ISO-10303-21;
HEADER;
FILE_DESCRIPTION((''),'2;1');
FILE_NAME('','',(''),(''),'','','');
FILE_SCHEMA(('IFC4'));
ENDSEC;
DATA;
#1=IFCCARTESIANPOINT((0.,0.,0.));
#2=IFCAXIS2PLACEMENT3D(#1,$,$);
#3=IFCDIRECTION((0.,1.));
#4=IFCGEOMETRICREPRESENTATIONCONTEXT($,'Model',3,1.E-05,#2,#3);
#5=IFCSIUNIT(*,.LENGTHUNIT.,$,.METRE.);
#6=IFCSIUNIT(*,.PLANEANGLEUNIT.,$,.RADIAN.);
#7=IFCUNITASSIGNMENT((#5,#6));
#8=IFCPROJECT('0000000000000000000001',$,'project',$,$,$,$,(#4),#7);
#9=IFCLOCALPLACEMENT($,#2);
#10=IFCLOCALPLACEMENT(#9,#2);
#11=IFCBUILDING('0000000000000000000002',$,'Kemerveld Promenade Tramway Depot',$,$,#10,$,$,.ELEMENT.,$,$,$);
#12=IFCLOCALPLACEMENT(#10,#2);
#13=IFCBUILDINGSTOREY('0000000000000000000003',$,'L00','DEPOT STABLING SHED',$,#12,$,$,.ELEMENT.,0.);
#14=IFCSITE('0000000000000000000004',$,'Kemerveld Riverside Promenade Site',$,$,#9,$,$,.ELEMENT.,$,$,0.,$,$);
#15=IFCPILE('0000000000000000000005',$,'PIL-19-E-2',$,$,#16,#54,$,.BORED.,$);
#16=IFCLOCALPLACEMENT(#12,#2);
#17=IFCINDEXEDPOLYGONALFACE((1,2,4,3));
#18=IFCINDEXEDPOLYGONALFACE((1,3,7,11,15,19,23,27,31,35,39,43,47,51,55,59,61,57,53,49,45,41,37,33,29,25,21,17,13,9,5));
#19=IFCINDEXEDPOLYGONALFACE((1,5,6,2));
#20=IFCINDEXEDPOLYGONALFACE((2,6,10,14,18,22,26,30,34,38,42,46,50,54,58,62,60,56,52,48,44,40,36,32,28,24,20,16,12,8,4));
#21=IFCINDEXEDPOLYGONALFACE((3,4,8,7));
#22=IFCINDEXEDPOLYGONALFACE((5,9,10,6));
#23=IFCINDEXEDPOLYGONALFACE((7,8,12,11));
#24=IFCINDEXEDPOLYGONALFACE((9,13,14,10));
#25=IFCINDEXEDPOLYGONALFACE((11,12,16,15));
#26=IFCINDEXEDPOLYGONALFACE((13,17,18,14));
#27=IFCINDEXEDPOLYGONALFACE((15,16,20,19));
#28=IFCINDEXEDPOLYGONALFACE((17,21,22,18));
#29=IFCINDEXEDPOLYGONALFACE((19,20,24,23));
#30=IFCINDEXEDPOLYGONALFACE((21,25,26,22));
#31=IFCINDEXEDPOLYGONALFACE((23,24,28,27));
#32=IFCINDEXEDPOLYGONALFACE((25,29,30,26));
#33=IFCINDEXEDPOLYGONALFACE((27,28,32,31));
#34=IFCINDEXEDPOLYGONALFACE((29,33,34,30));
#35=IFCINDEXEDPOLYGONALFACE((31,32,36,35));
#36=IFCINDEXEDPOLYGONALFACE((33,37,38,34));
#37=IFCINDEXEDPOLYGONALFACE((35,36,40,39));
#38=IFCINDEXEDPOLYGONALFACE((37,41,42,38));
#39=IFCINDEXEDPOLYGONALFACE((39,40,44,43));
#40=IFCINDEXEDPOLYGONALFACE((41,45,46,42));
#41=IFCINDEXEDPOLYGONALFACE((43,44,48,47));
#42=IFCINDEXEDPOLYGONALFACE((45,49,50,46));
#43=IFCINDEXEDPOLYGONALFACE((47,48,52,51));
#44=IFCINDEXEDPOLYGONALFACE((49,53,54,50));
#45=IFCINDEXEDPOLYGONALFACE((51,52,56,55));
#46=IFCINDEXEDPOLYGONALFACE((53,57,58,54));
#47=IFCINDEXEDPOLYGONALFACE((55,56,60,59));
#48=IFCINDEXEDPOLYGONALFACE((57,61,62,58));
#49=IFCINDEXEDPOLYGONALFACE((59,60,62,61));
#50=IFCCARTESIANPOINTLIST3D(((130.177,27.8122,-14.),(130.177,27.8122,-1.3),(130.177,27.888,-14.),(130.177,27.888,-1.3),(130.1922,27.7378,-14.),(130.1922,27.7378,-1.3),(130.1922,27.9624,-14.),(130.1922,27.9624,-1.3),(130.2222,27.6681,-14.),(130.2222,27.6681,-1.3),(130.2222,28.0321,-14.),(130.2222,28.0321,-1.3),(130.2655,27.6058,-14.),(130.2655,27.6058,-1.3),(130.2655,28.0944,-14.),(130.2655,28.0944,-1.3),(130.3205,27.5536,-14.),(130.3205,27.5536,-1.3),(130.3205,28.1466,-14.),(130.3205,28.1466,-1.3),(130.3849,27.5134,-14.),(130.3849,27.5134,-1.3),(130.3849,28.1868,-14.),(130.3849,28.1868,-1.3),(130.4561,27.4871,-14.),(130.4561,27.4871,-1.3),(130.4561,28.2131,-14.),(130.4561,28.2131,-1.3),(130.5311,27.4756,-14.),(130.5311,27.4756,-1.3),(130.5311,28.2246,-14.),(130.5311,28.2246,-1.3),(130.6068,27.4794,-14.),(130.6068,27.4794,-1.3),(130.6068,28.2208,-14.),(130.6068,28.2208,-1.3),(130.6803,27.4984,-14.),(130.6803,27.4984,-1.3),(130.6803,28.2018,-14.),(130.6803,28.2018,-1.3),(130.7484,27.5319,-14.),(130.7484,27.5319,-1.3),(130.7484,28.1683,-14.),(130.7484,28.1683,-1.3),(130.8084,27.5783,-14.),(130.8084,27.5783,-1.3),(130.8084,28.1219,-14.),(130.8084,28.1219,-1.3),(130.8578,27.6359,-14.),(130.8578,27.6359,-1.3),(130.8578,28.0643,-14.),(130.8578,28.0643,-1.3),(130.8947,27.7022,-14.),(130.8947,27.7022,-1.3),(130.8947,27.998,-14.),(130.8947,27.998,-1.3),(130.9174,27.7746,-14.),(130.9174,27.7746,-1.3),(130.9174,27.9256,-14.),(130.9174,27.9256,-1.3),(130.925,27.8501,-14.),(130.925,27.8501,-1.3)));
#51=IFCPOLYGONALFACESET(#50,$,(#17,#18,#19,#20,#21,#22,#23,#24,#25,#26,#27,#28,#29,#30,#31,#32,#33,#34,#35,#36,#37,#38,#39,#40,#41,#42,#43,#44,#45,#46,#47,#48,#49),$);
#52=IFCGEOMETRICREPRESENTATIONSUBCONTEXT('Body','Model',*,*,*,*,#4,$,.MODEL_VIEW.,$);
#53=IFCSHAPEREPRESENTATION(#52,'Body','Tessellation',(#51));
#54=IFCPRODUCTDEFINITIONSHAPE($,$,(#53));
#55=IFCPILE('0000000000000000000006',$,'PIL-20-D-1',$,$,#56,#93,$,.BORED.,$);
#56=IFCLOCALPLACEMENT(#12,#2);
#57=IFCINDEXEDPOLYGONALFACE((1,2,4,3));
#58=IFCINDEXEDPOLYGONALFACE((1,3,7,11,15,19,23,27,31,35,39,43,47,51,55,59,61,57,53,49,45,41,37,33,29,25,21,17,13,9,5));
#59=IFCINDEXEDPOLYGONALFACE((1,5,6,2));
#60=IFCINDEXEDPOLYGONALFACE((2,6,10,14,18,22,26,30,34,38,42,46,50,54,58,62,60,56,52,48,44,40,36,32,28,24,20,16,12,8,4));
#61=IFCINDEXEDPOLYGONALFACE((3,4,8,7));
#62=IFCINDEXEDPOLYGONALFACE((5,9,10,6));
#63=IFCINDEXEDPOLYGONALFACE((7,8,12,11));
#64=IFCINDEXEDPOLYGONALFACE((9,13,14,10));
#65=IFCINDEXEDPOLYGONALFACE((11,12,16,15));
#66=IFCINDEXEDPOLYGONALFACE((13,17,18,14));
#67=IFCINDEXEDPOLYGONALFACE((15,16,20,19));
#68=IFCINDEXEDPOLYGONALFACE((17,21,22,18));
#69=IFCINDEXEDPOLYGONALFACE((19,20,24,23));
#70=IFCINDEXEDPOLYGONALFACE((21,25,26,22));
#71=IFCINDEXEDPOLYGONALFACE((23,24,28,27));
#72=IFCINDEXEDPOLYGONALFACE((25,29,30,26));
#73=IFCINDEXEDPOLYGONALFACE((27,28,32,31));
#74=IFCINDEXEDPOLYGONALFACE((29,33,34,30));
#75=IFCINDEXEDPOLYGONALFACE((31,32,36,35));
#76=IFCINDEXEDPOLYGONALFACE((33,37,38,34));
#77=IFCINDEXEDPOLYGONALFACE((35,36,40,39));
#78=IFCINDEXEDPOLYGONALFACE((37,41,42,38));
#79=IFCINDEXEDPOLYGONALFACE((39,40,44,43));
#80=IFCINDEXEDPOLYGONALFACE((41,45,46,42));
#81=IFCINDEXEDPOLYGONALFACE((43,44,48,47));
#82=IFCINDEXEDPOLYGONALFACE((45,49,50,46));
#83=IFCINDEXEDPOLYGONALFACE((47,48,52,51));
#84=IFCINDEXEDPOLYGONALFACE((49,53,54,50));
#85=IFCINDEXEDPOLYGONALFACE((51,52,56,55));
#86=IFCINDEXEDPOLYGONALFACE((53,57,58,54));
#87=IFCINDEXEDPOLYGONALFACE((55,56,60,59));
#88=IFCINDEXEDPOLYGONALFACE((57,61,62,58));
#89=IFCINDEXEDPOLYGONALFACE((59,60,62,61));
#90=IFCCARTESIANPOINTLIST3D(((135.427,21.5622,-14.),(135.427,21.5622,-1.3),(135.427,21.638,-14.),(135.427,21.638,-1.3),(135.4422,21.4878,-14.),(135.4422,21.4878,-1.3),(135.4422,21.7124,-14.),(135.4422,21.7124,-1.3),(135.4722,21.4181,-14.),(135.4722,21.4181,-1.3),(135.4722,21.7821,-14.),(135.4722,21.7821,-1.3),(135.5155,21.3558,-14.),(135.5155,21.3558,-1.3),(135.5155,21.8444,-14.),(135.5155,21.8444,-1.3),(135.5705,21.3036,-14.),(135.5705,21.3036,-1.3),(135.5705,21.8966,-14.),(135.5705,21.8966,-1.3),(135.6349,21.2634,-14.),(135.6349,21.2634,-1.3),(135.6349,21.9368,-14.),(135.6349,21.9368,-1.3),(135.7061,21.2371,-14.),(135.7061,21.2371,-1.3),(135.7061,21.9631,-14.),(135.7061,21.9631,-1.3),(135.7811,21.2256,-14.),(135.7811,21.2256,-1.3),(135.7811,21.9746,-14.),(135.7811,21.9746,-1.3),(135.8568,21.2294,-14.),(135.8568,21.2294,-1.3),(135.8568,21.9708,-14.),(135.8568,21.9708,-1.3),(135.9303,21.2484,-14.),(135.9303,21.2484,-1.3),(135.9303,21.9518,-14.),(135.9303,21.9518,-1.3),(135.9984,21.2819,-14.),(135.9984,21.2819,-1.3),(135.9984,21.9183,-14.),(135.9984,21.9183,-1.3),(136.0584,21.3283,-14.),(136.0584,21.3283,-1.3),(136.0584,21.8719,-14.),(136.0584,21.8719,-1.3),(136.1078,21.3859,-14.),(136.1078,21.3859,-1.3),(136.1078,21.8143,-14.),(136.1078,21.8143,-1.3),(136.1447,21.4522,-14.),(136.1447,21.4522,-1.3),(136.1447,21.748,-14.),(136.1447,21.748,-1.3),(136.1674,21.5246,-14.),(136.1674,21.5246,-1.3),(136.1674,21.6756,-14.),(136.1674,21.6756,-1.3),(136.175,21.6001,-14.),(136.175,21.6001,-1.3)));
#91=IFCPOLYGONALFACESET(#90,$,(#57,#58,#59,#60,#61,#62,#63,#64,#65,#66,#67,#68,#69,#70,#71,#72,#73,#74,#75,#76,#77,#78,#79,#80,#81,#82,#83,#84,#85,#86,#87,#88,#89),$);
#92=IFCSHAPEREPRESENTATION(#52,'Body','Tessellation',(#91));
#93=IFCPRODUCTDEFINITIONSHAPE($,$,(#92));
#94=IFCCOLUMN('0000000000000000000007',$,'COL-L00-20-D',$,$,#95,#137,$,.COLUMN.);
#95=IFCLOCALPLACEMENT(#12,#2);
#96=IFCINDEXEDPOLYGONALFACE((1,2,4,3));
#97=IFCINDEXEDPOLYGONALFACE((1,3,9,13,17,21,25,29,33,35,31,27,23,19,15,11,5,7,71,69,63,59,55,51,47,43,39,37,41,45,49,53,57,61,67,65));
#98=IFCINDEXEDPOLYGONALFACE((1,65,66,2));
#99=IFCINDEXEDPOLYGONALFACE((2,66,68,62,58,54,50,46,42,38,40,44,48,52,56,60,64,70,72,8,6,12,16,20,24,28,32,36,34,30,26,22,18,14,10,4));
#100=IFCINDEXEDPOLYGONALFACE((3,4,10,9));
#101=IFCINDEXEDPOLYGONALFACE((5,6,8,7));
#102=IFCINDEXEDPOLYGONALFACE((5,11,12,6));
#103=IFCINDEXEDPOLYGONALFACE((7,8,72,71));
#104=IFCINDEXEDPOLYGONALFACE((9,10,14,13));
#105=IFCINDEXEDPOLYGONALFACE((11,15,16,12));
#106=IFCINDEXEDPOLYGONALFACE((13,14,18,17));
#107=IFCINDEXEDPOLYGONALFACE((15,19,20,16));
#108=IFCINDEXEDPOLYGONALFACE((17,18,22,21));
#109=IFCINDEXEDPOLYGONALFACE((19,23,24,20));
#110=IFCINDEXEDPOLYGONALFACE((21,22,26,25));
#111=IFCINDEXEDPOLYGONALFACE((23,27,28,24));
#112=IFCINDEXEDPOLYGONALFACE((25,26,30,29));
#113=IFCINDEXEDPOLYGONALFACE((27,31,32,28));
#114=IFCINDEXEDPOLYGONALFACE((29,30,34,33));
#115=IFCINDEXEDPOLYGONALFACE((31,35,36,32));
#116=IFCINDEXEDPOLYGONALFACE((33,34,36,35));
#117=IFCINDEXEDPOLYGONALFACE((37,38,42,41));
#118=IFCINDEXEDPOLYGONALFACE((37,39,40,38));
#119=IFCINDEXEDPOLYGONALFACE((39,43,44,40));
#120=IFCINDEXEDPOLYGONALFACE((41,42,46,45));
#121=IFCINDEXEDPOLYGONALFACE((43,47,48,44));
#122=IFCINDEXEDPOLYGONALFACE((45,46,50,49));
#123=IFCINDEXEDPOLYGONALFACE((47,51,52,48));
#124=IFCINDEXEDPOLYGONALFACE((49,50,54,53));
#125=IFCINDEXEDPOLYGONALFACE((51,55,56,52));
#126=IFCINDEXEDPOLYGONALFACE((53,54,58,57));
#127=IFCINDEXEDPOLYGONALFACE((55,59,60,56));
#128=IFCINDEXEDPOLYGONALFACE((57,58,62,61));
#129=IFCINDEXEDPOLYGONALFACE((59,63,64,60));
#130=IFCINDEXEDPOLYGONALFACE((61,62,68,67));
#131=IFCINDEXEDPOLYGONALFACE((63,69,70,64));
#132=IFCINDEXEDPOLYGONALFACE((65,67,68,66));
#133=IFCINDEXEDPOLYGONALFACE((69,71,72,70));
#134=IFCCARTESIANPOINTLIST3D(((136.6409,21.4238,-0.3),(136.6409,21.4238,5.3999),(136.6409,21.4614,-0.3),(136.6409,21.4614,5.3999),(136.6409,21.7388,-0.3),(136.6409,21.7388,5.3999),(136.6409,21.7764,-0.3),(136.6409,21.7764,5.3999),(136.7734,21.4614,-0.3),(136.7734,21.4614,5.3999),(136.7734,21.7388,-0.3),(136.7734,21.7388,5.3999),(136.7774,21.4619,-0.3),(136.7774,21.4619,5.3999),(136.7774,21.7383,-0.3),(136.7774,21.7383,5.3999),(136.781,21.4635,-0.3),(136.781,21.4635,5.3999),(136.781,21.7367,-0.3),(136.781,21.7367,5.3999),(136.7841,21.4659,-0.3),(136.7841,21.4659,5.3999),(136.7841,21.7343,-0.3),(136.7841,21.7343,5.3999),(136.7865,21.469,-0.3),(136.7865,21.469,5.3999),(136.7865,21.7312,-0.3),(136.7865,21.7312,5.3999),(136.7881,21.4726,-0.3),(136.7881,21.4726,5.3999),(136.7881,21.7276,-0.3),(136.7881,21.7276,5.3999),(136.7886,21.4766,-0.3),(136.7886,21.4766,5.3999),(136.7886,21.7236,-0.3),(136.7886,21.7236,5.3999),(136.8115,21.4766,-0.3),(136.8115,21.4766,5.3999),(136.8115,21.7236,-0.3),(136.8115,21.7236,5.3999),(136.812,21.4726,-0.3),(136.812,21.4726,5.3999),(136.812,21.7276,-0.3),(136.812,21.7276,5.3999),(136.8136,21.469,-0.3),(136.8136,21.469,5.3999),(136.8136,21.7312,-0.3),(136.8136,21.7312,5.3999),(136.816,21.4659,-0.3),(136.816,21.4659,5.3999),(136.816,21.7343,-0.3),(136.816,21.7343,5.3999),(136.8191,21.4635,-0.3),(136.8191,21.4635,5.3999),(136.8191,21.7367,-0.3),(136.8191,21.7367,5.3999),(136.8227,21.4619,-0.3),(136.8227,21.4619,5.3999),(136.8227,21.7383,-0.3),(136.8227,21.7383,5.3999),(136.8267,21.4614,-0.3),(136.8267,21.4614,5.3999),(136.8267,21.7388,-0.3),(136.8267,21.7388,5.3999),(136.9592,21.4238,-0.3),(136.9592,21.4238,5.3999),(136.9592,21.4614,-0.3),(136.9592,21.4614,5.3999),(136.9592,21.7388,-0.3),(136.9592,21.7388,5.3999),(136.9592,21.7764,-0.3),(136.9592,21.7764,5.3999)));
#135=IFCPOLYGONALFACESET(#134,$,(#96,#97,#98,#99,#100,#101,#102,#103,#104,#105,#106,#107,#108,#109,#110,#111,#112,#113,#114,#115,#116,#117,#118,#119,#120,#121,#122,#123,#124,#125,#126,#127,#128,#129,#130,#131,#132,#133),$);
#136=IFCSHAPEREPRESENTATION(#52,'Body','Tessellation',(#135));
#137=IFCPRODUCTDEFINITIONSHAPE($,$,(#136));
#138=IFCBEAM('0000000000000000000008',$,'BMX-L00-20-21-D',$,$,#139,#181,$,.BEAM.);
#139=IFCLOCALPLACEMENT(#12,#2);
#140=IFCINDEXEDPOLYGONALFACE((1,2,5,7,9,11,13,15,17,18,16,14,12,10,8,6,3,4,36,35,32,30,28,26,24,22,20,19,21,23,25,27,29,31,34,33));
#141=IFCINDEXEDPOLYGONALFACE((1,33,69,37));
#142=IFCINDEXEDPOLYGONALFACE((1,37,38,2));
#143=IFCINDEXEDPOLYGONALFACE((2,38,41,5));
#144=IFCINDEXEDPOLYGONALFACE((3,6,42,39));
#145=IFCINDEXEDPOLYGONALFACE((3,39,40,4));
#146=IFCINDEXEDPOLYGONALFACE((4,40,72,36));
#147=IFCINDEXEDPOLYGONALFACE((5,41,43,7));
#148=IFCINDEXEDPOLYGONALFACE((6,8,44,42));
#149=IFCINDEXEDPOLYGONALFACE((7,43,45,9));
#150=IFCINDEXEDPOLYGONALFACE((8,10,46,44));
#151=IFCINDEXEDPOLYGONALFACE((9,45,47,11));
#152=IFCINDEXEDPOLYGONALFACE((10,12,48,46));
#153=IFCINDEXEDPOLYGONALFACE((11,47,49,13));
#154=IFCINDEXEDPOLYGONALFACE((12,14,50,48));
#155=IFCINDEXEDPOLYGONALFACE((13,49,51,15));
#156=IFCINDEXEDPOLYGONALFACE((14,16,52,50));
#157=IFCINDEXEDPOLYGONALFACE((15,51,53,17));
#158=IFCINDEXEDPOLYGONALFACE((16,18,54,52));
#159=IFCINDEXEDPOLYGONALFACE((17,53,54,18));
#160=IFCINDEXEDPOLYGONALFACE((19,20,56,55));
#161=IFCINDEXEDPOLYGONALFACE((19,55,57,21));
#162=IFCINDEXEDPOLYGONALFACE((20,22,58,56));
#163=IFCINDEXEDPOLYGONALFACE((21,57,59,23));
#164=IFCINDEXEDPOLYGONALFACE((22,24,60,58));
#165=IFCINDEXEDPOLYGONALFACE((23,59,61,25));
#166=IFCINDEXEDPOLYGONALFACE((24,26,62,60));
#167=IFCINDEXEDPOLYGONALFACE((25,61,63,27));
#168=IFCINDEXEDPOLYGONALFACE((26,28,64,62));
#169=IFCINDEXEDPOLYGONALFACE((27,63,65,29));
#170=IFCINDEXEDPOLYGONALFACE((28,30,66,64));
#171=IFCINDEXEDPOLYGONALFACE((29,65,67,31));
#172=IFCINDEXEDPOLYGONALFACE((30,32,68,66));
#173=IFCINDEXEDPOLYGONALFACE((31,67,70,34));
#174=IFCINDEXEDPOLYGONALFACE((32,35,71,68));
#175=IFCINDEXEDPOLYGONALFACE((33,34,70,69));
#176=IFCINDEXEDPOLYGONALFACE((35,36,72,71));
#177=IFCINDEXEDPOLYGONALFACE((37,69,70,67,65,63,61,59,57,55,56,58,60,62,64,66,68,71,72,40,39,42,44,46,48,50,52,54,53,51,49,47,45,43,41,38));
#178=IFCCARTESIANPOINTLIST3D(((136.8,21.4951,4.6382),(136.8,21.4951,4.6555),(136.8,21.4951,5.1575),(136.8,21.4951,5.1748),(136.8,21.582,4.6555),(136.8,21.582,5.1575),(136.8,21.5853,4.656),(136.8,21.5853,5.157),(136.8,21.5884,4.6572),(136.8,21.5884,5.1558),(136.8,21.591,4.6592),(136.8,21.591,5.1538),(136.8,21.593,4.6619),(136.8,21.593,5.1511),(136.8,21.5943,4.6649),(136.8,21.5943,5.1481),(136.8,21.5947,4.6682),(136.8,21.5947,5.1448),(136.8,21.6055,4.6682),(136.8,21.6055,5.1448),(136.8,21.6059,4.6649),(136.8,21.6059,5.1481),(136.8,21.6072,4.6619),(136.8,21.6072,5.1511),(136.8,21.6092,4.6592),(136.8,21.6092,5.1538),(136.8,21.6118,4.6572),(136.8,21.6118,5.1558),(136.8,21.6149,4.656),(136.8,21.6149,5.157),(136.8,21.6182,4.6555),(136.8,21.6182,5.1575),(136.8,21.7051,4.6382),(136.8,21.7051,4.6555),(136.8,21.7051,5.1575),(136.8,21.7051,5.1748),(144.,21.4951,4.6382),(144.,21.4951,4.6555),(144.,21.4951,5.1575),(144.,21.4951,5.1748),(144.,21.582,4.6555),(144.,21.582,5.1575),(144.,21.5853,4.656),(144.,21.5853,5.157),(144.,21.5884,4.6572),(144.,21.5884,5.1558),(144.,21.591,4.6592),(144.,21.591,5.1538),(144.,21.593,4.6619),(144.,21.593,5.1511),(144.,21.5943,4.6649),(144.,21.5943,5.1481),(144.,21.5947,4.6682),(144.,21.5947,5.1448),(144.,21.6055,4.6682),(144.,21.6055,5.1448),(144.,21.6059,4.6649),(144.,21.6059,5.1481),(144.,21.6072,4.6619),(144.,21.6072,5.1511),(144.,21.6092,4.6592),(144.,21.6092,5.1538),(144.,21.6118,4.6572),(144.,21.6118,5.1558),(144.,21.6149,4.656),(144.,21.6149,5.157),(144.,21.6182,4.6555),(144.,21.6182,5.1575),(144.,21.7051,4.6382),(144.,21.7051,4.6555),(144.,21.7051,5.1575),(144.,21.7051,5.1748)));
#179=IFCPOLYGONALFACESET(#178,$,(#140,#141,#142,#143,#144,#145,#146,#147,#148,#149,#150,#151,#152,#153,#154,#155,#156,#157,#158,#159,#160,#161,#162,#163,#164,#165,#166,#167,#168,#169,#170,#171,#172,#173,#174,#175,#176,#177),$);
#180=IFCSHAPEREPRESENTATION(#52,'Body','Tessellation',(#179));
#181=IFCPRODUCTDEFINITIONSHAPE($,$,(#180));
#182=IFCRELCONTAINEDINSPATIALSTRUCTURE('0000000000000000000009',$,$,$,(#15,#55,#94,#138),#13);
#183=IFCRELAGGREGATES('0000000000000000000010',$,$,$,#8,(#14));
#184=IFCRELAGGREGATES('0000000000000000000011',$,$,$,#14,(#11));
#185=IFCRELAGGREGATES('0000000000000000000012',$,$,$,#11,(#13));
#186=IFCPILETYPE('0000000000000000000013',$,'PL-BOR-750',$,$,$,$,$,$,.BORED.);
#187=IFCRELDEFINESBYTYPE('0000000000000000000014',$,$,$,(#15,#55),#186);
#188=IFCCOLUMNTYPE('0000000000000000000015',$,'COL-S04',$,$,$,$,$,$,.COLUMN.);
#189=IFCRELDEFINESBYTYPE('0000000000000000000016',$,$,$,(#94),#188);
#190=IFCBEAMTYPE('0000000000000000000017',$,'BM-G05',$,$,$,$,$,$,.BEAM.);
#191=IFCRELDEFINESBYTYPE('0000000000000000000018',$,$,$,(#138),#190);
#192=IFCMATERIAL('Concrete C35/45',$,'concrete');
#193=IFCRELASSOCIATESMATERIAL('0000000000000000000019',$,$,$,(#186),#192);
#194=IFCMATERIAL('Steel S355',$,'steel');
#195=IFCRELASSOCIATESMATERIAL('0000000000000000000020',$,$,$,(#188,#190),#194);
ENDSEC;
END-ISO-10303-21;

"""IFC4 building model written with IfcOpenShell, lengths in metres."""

from ifc_helpers import new_model, si_unit, direction, frame, origin, origin_2d, place, context, subcontext, project, spatial, circle, i_section, extrude, material, material_profile, profile_set, type_object, element, save


model = new_model("IFC4")

# Units and contexts
model_context = context("Model", 3, precision=1e-05, world=origin(), true_north=direction((0.0, 1.0)))
body_context = subcontext(model_context, "Body", "Model", "MODEL_VIEW")
ifc_project = project(units=[si_unit("LENGTHUNIT", "METRE"), si_unit("PLANEANGLEUNIT", "RADIAN")], contexts=[model_context])

# Site, building, storey
site_placement = place(None, origin())
site = spatial("IfcSite", under=ifc_project, at=site_placement, Name="Kemerveld Riverside Promenade Site", CompositionType="ELEMENT", RefElevation=0.0)
building_placement = place(site_placement, origin())
building = spatial("IfcBuilding", under=site, at=building_placement, Name="Kemerveld Promenade Tramway Depot", CompositionType="ELEMENT")
storey_placement = place(building_placement, origin())
storey = spatial("IfcBuildingStorey", under=building, at=storey_placement, Name="L00", Description="DEPOT STABLING SHED", CompositionType="ELEMENT", Elevation=0.0)

# Shared definitions
ifc_material_1 = material(Name="Concrete C35/45", Category="concrete")

# Piles
ifc_material_profile_1 = material_profile(ifc_material_1, circle(Radius=0.375, at=origin_2d()), Name="PILE-D750")
ifc_profile_set_1 = profile_set([ifc_material_profile_1], Name="Concrete C35/45")
pile_type = type_object("IfcPileType", Name="PL-BOR-750", PredefinedType="BORED", material=ifc_profile_set_1)
for number, where, z_axis, x_axis, name in (
    (1, (130.55, 27.8501, -1.3), (0.0, 0.0, -1.0), (1.0, 0.0, 0.0), "PIL-19-E-2"),
    (2, (135.8, 21.6001, -1.3), (0.0, 0.0, -1.0), (1.0, 0.0, 0.0), "PIL-20-D-1"),
):
    element("IfcPile", number, at=place(storey_placement, frame(where, z_axis=z_axis, x_axis=x_axis)), inside=storey, type_object=pile_type, Name=name, PredefinedType="BORED", context=body_context, shape_type="SweptSolid", body=[
        extrude(circle(Radius=0.375, at=origin_2d()), origin(), (0.0, 0.0, 1.0), 12.7),
    ])

# Column
ifc_material_2 = material(Name="Steel S355", Category="steel")
ifc_material_profile_2 = material_profile(ifc_material_2, i_section(OverallWidth=0.3184, OverallDepth=0.3525, WebThickness=0.0229, FlangeThickness=0.0376, FilletRadius=0.0151, at=origin_2d()), Name="305x305x240 UC")
ifc_profile_set_2 = profile_set([ifc_material_profile_2], Name="Steel S355")
column_type = type_object("IfcColumnType", Name="COL-S04", PredefinedType="COLUMN", material=ifc_profile_set_2)
column_placement = place(storey_placement, frame((136.8, 21.6001, -0.3), z_axis=(0.0, 0.0, 1.0), x_axis=(1.0, 0.0, 0.0)))
element("IfcColumn", 3, at=column_placement, inside=storey, type_object=column_type, Name="COL-L00-20-D", PredefinedType="COLUMN", context=body_context, shape_type="SweptSolid", body=[
    extrude(i_section(OverallWidth=0.3184, OverallDepth=0.3525, WebThickness=0.0229, FlangeThickness=0.0376, FilletRadius=0.0151, at=origin_2d()), origin(), (0.0, 0.0, 1.0), 5.7),
])

# Beam
ifc_material_profile_3 = material_profile(ifc_material_2, i_section(OverallWidth=0.21, OverallDepth=0.5366, WebThickness=0.0107, FlangeThickness=0.0173, FilletRadius=0.0127, at=origin_2d()), Name="533x210x101 UB")
ifc_profile_set_3 = profile_set([ifc_material_profile_3], Name="Steel S355")
beam_type_1 = type_object("IfcBeamType", Name="BM-G05", PredefinedType="BEAM", material=ifc_profile_set_3)
beam_1_placement = place(storey_placement, frame((136.8, 21.6001, 4.9065), z_axis=(1.0, 0.0, 0.0), x_axis=(0.0, 1.0, 0.0)))
element("IfcBeam", 4, at=beam_1_placement, inside=storey, type_object=beam_type_1, Name="BMX-L00-20-21-D", PredefinedType="BEAM", context=body_context, shape_type="SweptSolid", body=[
    extrude(i_section(OverallWidth=0.21, OverallDepth=0.5366, WebThickness=0.0107, FlangeThickness=0.0173, FilletRadius=0.0127, at=origin_2d()), origin(), (0.0, 0.0, 1.0), 7.2),
])

save(model, "model.ifc")
